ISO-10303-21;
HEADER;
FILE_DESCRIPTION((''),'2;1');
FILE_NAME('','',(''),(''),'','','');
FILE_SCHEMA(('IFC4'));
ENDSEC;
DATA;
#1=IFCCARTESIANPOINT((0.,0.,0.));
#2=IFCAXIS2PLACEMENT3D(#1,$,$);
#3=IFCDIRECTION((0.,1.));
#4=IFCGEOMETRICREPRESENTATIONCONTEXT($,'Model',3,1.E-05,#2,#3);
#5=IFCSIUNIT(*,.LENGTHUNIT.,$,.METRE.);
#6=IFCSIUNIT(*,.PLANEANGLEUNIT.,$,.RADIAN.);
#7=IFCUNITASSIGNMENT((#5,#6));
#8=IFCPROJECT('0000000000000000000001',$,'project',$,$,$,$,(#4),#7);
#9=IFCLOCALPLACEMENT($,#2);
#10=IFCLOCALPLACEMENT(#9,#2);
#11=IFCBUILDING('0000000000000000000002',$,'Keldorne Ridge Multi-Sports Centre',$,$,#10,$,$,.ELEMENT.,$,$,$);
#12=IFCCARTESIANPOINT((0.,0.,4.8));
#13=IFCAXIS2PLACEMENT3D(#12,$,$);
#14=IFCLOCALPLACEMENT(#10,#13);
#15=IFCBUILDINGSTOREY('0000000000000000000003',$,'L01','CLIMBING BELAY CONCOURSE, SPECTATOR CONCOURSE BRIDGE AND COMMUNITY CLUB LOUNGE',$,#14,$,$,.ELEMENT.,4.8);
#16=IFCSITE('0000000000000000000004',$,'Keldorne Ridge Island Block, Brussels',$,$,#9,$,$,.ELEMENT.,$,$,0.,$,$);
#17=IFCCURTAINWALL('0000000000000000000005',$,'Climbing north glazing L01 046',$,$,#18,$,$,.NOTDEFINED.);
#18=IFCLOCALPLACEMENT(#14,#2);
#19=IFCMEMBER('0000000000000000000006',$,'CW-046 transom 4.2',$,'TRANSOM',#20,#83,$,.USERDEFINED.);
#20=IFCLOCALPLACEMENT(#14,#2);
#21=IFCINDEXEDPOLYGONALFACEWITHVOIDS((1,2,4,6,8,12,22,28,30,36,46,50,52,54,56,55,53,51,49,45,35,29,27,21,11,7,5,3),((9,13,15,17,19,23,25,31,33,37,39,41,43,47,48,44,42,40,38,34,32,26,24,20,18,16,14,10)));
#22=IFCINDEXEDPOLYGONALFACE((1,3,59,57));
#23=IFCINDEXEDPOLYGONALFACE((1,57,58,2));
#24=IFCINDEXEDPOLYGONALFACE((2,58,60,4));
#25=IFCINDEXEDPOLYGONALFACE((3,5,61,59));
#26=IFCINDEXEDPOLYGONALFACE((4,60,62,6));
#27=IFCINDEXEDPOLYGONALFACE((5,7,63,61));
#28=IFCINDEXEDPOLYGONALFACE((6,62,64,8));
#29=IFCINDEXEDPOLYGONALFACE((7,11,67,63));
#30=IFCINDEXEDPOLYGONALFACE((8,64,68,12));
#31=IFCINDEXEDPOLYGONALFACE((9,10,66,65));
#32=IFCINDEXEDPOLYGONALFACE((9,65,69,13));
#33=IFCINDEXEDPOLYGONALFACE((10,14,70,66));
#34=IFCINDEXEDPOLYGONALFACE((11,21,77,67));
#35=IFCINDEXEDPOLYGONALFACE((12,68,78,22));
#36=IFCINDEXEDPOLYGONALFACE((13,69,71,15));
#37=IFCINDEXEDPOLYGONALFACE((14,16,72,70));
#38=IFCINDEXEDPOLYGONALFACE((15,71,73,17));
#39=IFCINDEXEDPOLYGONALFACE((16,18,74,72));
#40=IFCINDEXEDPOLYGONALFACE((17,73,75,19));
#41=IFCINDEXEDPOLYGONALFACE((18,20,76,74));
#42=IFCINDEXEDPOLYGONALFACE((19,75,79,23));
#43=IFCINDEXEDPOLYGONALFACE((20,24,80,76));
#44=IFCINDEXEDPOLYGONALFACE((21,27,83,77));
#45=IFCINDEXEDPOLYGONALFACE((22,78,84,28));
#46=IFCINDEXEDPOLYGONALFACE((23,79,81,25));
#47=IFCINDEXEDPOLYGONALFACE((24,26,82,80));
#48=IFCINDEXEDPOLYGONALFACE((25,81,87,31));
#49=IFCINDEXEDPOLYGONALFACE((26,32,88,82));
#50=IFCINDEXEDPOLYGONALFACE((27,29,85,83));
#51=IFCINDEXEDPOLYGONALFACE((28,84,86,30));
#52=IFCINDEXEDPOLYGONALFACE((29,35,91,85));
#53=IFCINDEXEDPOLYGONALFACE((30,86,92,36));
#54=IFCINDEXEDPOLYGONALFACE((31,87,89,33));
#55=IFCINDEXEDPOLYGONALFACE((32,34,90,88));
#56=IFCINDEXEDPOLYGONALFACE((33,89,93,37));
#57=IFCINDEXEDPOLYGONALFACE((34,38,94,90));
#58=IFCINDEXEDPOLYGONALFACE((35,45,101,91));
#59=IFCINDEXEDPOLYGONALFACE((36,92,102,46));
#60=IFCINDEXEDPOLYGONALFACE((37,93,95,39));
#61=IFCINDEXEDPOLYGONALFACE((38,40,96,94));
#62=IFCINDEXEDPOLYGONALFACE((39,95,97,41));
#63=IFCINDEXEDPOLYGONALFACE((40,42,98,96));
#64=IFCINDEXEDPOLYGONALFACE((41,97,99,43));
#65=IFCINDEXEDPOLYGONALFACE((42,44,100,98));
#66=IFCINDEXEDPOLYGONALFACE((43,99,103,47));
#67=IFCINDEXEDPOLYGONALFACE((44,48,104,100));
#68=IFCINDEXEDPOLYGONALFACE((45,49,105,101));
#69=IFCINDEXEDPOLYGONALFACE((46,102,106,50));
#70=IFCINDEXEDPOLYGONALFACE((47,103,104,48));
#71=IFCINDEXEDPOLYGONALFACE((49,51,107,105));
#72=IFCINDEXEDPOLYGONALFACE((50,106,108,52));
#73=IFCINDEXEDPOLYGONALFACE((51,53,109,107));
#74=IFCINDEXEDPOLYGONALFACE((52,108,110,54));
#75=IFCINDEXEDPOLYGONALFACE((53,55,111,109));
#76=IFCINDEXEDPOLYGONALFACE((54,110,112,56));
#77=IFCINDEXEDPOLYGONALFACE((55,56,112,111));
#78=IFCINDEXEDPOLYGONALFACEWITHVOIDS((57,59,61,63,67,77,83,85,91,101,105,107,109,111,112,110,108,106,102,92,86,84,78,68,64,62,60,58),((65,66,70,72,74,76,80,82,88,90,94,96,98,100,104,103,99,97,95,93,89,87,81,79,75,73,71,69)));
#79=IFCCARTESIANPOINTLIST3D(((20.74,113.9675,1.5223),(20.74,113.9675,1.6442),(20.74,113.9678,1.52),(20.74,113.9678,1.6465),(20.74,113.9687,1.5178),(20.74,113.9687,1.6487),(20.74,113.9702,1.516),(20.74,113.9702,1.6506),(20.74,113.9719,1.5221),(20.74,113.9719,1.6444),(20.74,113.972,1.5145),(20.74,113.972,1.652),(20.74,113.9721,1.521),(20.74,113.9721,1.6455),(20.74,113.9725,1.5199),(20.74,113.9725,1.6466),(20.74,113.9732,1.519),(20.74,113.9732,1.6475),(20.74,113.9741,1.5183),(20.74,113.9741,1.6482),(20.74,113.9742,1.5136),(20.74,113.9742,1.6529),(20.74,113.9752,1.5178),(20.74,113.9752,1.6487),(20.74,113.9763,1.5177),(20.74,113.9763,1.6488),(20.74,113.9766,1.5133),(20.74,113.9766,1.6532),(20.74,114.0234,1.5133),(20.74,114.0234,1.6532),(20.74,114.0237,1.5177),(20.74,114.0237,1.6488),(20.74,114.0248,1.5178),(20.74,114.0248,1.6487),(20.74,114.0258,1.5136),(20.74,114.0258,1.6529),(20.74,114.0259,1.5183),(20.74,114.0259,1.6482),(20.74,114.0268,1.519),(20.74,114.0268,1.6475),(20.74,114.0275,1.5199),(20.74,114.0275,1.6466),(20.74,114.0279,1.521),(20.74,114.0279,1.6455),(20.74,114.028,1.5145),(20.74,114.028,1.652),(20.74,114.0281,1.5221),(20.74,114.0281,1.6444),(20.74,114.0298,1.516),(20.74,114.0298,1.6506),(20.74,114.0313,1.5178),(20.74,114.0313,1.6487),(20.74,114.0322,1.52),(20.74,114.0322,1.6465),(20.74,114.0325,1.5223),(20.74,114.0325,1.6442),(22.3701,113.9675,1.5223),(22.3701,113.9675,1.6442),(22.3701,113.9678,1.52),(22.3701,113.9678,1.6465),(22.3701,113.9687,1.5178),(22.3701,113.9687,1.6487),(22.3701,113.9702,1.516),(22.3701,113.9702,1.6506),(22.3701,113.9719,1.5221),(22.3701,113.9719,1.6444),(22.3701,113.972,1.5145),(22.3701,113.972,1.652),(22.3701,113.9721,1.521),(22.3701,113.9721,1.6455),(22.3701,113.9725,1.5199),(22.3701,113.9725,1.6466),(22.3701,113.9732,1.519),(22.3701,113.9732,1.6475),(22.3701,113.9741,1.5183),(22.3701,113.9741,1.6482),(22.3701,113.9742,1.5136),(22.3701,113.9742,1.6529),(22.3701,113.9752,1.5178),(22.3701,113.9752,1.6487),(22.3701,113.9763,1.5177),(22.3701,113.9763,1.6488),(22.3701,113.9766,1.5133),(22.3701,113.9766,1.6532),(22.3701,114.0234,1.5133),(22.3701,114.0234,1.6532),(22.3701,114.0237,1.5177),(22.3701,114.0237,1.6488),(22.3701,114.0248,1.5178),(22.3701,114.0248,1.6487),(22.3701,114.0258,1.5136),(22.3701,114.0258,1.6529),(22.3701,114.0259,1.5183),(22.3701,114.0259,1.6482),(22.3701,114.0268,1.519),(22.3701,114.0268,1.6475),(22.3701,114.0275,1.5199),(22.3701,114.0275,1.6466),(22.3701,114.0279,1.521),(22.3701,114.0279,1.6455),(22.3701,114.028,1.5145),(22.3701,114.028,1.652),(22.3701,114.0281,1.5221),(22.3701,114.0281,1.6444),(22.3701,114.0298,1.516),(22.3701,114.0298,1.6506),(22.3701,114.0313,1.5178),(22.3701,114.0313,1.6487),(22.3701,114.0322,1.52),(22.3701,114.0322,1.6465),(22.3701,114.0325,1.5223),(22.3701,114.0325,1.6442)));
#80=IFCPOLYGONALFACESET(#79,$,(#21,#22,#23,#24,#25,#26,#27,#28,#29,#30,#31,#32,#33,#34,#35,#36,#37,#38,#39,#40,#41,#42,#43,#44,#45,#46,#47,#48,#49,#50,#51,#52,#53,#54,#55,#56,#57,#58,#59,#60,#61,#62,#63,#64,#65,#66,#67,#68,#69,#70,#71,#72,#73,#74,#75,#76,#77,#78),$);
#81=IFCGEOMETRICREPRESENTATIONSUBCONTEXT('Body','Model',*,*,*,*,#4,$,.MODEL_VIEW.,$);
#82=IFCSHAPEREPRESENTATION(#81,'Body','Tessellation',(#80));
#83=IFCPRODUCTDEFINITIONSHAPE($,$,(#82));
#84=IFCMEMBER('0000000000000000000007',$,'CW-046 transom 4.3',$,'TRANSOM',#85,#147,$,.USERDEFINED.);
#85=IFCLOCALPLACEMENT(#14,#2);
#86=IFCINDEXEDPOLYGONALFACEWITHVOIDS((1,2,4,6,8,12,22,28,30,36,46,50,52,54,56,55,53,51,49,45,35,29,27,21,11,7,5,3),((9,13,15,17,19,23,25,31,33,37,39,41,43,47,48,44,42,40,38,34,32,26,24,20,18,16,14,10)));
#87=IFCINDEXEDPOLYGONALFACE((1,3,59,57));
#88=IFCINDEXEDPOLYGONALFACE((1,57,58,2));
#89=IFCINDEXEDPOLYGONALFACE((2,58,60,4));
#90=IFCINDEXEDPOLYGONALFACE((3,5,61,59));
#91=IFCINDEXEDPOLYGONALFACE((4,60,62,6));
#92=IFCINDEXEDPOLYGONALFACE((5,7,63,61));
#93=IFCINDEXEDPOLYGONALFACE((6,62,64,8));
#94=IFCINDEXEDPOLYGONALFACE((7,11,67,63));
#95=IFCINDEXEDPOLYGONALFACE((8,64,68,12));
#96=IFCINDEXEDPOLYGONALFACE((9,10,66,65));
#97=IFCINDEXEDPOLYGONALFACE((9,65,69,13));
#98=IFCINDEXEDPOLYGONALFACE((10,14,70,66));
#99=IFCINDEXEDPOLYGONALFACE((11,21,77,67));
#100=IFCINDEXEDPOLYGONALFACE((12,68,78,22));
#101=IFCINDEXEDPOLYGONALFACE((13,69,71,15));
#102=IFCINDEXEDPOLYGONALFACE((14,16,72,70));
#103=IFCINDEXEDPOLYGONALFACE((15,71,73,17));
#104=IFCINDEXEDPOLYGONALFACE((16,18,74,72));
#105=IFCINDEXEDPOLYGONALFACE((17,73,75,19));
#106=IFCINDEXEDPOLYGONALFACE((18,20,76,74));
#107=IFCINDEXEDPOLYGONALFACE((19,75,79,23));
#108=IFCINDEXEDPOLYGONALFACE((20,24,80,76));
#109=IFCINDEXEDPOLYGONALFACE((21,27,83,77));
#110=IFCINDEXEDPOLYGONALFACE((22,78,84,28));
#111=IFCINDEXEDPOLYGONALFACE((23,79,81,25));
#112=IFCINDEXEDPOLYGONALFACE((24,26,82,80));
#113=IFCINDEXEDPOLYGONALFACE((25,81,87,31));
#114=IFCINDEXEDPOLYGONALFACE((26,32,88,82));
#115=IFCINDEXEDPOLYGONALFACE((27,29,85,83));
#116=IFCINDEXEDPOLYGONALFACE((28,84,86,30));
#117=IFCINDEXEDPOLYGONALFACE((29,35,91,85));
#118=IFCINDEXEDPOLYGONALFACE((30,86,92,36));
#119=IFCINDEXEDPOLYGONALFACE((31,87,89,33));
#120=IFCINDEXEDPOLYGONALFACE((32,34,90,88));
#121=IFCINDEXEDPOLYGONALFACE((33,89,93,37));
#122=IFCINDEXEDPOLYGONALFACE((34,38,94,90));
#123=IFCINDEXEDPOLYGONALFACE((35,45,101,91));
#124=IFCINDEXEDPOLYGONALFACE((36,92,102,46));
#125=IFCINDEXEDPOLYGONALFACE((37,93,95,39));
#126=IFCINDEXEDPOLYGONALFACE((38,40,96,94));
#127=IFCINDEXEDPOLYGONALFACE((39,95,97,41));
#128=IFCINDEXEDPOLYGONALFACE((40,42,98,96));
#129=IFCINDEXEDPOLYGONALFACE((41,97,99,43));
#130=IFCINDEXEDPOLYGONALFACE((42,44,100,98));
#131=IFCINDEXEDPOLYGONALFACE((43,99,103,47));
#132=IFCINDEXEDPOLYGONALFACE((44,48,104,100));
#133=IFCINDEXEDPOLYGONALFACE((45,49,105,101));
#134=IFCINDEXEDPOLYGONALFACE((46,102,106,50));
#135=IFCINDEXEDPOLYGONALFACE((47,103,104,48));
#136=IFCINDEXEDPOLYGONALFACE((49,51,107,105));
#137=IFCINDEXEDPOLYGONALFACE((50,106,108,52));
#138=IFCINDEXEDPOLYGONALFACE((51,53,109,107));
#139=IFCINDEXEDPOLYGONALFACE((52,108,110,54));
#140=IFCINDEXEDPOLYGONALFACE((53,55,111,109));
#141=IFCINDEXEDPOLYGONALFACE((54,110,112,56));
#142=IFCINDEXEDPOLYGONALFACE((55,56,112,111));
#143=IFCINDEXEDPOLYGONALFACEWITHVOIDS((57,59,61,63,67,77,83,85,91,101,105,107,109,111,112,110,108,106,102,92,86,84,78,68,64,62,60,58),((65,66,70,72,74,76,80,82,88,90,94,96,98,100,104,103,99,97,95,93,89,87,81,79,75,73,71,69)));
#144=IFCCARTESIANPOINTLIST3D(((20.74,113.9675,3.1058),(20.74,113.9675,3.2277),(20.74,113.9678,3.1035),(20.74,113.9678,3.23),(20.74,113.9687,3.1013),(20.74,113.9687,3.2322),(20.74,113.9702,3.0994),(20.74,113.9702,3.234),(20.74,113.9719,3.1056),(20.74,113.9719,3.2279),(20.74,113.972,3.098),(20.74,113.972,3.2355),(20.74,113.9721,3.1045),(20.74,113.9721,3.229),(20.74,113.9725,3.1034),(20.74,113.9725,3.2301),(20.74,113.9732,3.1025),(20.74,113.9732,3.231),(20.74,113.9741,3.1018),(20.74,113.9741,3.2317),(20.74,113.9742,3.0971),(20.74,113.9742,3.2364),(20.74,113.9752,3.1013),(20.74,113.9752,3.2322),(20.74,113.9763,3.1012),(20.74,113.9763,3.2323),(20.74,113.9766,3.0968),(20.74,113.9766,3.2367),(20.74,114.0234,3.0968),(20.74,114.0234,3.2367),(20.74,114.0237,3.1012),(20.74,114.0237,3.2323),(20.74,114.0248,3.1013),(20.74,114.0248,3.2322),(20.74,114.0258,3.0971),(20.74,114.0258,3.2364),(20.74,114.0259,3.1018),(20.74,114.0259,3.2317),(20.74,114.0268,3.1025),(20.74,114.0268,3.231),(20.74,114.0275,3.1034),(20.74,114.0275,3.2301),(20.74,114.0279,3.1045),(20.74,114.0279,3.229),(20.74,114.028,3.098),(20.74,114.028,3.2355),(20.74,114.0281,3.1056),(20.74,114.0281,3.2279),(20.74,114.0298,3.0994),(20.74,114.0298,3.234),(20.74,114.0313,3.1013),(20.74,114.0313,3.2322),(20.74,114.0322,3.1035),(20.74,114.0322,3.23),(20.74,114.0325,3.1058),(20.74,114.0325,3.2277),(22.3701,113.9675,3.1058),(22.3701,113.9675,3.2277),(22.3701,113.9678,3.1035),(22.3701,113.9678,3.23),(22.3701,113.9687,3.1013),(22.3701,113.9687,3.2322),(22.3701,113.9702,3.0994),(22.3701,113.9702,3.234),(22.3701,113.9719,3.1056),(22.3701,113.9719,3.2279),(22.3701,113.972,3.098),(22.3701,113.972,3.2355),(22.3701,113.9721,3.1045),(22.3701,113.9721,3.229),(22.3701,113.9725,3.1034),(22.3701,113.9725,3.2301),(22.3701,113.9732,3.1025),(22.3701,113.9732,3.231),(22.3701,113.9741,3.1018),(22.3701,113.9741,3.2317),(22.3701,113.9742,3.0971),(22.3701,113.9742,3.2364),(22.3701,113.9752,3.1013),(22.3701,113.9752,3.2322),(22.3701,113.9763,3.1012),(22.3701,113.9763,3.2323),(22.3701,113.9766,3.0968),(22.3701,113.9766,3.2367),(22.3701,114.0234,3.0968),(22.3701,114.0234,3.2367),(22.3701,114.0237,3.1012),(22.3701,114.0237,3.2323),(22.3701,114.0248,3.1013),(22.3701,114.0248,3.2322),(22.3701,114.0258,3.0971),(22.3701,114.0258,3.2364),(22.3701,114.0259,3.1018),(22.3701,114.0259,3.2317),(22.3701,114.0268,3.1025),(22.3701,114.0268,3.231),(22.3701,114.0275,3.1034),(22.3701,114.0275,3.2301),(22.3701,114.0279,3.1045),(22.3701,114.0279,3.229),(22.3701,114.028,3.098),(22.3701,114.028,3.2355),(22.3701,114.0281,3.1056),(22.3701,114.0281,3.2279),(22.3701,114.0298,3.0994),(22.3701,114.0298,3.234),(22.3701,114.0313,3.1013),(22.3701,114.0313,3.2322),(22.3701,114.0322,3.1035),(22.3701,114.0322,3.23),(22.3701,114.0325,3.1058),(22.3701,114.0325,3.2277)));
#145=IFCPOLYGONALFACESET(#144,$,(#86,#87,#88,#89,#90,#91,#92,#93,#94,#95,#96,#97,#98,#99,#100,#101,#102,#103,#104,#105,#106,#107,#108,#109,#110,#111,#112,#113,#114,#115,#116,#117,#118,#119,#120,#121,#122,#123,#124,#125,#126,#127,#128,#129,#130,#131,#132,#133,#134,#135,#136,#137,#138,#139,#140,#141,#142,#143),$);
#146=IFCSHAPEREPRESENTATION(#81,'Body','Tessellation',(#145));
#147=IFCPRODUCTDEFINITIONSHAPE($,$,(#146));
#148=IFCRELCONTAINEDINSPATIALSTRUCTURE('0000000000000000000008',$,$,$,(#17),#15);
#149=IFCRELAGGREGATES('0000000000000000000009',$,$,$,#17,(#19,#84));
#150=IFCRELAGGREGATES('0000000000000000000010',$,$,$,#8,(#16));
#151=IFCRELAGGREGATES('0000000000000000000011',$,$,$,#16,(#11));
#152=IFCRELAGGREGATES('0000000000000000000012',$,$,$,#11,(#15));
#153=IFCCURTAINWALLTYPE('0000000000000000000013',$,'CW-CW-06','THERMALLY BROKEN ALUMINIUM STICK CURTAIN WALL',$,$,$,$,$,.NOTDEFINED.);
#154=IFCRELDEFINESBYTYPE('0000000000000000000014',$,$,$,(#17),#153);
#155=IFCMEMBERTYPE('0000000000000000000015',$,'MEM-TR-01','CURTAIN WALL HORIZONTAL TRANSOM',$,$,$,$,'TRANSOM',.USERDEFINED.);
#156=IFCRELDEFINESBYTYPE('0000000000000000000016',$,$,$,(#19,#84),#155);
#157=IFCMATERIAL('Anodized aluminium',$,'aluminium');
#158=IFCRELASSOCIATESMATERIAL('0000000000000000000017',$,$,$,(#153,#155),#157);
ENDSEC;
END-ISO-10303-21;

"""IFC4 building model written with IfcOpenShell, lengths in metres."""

from ifc_helpers import new_model, si_unit, direction, frame, origin, origin_2d, place, context, subcontext, project, spatial, hollow_rectangle, extrude, material, material_profile, profile_set, type_object, element, aggregate, save


model = new_model("IFC4")

# Units and contexts
model_context = context("Model", 3, precision=1e-05, world=origin(), true_north=direction((0.0, 1.0)))
body_context = subcontext(model_context, "Body", "Model", "MODEL_VIEW")
ifc_project = project(units=[si_unit("LENGTHUNIT", "METRE"), si_unit("PLANEANGLEUNIT", "RADIAN")], contexts=[model_context])

# Site, building, storey
site_placement = place(None, origin())
site = spatial("IfcSite", under=ifc_project, at=site_placement, Name="Keldorne Ridge Island Block, Brussels", CompositionType="ELEMENT", RefElevation=0.0)
building_placement = place(site_placement, origin())
building = spatial("IfcBuilding", under=site, at=building_placement, Name="Keldorne Ridge Multi-Sports Centre", CompositionType="ELEMENT")
storey_placement = place(building_placement, frame((0.0, 0.0, 4.8)))
storey = spatial("IfcBuildingStorey", under=building, at=storey_placement, Name="L01", Description="CLIMBING BELAY CONCOURSE, SPECTATOR CONCOURSE BRIDGE AND COMMUNITY CLUB LOUNGE", CompositionType="ELEMENT", Elevation=4.8)

# Curtain wall
ifc_material_1 = material(Name="Anodized aluminium", Category="aluminium")
curtain_wall_type_1 = type_object("IfcCurtainWallType", Name="CW-CW-06", Description="THERMALLY BROKEN ALUMINIUM STICK CURTAIN WALL", PredefinedType="NOTDEFINED", material=ifc_material_1)
curtain_wall_1_placement = place(storey_placement, origin())
curtain_wall_1 = element("IfcCurtainWall", 1, at=curtain_wall_1_placement, inside=storey, type_object=curtain_wall_type_1, Name="Climbing north glazing L01 046", PredefinedType="NOTDEFINED")

# Members
ifc_material_profile_1 = material_profile(ifc_material_1, hollow_rectangle(XDim=0.0649, YDim=0.1399, WallThickness=0.0044, InnerFilletRadius=0.0044, OuterFilletRadius=0.009, at=origin_2d()), Name="ALU TRANSOM 140x65x4.5")
ifc_profile_set_1 = profile_set([ifc_material_profile_1], Name="Anodized aluminium")
member_type_1 = type_object("IfcMemberType", Name="MEM-TR-01", Description="CURTAIN WALL HORIZONTAL TRANSOM", ElementType="TRANSOM", PredefinedType="USERDEFINED", material=ifc_profile_set_1)
member_1_placement = place(storey_placement, frame((22.3701, 114.0, 1.5833), z_axis=(-1.0, 0.0, 0.0), x_axis=(0.0, -1.0, 0.0)))
member_1 = element("IfcMember", 2, at=member_1_placement, type_object=member_type_1, Name="CW-046 transom 4.2", ObjectType="TRANSOM", PredefinedType="USERDEFINED", context=body_context, shape_type="SweptSolid", body=[
    extrude(hollow_rectangle(XDim=0.0649, YDim=0.1399, WallThickness=0.0044, InnerFilletRadius=0.0044, OuterFilletRadius=0.009, at=origin_2d()), origin(), (0.0, 0.0, 1.0), 1.6301),
])
member_2_placement = place(storey_placement, frame((22.3701, 114.0, 3.1667), z_axis=(-1.0, 0.0, 0.0), x_axis=(0.0, -1.0, 0.0)))
member_2 = element("IfcMember", 3, at=member_2_placement, type_object=member_type_1, Name="CW-046 transom 4.3", ObjectType="TRANSOM", PredefinedType="USERDEFINED", context=body_context, shape_type="SweptSolid", body=[
    extrude(hollow_rectangle(XDim=0.0649, YDim=0.1399, WallThickness=0.0044, InnerFilletRadius=0.0044, OuterFilletRadius=0.009, at=origin_2d()), origin(), (0.0, 0.0, 1.0), 1.6301),
])

aggregate(curtain_wall_1, [member_1, member_2])

save(model, "model.ifc")
